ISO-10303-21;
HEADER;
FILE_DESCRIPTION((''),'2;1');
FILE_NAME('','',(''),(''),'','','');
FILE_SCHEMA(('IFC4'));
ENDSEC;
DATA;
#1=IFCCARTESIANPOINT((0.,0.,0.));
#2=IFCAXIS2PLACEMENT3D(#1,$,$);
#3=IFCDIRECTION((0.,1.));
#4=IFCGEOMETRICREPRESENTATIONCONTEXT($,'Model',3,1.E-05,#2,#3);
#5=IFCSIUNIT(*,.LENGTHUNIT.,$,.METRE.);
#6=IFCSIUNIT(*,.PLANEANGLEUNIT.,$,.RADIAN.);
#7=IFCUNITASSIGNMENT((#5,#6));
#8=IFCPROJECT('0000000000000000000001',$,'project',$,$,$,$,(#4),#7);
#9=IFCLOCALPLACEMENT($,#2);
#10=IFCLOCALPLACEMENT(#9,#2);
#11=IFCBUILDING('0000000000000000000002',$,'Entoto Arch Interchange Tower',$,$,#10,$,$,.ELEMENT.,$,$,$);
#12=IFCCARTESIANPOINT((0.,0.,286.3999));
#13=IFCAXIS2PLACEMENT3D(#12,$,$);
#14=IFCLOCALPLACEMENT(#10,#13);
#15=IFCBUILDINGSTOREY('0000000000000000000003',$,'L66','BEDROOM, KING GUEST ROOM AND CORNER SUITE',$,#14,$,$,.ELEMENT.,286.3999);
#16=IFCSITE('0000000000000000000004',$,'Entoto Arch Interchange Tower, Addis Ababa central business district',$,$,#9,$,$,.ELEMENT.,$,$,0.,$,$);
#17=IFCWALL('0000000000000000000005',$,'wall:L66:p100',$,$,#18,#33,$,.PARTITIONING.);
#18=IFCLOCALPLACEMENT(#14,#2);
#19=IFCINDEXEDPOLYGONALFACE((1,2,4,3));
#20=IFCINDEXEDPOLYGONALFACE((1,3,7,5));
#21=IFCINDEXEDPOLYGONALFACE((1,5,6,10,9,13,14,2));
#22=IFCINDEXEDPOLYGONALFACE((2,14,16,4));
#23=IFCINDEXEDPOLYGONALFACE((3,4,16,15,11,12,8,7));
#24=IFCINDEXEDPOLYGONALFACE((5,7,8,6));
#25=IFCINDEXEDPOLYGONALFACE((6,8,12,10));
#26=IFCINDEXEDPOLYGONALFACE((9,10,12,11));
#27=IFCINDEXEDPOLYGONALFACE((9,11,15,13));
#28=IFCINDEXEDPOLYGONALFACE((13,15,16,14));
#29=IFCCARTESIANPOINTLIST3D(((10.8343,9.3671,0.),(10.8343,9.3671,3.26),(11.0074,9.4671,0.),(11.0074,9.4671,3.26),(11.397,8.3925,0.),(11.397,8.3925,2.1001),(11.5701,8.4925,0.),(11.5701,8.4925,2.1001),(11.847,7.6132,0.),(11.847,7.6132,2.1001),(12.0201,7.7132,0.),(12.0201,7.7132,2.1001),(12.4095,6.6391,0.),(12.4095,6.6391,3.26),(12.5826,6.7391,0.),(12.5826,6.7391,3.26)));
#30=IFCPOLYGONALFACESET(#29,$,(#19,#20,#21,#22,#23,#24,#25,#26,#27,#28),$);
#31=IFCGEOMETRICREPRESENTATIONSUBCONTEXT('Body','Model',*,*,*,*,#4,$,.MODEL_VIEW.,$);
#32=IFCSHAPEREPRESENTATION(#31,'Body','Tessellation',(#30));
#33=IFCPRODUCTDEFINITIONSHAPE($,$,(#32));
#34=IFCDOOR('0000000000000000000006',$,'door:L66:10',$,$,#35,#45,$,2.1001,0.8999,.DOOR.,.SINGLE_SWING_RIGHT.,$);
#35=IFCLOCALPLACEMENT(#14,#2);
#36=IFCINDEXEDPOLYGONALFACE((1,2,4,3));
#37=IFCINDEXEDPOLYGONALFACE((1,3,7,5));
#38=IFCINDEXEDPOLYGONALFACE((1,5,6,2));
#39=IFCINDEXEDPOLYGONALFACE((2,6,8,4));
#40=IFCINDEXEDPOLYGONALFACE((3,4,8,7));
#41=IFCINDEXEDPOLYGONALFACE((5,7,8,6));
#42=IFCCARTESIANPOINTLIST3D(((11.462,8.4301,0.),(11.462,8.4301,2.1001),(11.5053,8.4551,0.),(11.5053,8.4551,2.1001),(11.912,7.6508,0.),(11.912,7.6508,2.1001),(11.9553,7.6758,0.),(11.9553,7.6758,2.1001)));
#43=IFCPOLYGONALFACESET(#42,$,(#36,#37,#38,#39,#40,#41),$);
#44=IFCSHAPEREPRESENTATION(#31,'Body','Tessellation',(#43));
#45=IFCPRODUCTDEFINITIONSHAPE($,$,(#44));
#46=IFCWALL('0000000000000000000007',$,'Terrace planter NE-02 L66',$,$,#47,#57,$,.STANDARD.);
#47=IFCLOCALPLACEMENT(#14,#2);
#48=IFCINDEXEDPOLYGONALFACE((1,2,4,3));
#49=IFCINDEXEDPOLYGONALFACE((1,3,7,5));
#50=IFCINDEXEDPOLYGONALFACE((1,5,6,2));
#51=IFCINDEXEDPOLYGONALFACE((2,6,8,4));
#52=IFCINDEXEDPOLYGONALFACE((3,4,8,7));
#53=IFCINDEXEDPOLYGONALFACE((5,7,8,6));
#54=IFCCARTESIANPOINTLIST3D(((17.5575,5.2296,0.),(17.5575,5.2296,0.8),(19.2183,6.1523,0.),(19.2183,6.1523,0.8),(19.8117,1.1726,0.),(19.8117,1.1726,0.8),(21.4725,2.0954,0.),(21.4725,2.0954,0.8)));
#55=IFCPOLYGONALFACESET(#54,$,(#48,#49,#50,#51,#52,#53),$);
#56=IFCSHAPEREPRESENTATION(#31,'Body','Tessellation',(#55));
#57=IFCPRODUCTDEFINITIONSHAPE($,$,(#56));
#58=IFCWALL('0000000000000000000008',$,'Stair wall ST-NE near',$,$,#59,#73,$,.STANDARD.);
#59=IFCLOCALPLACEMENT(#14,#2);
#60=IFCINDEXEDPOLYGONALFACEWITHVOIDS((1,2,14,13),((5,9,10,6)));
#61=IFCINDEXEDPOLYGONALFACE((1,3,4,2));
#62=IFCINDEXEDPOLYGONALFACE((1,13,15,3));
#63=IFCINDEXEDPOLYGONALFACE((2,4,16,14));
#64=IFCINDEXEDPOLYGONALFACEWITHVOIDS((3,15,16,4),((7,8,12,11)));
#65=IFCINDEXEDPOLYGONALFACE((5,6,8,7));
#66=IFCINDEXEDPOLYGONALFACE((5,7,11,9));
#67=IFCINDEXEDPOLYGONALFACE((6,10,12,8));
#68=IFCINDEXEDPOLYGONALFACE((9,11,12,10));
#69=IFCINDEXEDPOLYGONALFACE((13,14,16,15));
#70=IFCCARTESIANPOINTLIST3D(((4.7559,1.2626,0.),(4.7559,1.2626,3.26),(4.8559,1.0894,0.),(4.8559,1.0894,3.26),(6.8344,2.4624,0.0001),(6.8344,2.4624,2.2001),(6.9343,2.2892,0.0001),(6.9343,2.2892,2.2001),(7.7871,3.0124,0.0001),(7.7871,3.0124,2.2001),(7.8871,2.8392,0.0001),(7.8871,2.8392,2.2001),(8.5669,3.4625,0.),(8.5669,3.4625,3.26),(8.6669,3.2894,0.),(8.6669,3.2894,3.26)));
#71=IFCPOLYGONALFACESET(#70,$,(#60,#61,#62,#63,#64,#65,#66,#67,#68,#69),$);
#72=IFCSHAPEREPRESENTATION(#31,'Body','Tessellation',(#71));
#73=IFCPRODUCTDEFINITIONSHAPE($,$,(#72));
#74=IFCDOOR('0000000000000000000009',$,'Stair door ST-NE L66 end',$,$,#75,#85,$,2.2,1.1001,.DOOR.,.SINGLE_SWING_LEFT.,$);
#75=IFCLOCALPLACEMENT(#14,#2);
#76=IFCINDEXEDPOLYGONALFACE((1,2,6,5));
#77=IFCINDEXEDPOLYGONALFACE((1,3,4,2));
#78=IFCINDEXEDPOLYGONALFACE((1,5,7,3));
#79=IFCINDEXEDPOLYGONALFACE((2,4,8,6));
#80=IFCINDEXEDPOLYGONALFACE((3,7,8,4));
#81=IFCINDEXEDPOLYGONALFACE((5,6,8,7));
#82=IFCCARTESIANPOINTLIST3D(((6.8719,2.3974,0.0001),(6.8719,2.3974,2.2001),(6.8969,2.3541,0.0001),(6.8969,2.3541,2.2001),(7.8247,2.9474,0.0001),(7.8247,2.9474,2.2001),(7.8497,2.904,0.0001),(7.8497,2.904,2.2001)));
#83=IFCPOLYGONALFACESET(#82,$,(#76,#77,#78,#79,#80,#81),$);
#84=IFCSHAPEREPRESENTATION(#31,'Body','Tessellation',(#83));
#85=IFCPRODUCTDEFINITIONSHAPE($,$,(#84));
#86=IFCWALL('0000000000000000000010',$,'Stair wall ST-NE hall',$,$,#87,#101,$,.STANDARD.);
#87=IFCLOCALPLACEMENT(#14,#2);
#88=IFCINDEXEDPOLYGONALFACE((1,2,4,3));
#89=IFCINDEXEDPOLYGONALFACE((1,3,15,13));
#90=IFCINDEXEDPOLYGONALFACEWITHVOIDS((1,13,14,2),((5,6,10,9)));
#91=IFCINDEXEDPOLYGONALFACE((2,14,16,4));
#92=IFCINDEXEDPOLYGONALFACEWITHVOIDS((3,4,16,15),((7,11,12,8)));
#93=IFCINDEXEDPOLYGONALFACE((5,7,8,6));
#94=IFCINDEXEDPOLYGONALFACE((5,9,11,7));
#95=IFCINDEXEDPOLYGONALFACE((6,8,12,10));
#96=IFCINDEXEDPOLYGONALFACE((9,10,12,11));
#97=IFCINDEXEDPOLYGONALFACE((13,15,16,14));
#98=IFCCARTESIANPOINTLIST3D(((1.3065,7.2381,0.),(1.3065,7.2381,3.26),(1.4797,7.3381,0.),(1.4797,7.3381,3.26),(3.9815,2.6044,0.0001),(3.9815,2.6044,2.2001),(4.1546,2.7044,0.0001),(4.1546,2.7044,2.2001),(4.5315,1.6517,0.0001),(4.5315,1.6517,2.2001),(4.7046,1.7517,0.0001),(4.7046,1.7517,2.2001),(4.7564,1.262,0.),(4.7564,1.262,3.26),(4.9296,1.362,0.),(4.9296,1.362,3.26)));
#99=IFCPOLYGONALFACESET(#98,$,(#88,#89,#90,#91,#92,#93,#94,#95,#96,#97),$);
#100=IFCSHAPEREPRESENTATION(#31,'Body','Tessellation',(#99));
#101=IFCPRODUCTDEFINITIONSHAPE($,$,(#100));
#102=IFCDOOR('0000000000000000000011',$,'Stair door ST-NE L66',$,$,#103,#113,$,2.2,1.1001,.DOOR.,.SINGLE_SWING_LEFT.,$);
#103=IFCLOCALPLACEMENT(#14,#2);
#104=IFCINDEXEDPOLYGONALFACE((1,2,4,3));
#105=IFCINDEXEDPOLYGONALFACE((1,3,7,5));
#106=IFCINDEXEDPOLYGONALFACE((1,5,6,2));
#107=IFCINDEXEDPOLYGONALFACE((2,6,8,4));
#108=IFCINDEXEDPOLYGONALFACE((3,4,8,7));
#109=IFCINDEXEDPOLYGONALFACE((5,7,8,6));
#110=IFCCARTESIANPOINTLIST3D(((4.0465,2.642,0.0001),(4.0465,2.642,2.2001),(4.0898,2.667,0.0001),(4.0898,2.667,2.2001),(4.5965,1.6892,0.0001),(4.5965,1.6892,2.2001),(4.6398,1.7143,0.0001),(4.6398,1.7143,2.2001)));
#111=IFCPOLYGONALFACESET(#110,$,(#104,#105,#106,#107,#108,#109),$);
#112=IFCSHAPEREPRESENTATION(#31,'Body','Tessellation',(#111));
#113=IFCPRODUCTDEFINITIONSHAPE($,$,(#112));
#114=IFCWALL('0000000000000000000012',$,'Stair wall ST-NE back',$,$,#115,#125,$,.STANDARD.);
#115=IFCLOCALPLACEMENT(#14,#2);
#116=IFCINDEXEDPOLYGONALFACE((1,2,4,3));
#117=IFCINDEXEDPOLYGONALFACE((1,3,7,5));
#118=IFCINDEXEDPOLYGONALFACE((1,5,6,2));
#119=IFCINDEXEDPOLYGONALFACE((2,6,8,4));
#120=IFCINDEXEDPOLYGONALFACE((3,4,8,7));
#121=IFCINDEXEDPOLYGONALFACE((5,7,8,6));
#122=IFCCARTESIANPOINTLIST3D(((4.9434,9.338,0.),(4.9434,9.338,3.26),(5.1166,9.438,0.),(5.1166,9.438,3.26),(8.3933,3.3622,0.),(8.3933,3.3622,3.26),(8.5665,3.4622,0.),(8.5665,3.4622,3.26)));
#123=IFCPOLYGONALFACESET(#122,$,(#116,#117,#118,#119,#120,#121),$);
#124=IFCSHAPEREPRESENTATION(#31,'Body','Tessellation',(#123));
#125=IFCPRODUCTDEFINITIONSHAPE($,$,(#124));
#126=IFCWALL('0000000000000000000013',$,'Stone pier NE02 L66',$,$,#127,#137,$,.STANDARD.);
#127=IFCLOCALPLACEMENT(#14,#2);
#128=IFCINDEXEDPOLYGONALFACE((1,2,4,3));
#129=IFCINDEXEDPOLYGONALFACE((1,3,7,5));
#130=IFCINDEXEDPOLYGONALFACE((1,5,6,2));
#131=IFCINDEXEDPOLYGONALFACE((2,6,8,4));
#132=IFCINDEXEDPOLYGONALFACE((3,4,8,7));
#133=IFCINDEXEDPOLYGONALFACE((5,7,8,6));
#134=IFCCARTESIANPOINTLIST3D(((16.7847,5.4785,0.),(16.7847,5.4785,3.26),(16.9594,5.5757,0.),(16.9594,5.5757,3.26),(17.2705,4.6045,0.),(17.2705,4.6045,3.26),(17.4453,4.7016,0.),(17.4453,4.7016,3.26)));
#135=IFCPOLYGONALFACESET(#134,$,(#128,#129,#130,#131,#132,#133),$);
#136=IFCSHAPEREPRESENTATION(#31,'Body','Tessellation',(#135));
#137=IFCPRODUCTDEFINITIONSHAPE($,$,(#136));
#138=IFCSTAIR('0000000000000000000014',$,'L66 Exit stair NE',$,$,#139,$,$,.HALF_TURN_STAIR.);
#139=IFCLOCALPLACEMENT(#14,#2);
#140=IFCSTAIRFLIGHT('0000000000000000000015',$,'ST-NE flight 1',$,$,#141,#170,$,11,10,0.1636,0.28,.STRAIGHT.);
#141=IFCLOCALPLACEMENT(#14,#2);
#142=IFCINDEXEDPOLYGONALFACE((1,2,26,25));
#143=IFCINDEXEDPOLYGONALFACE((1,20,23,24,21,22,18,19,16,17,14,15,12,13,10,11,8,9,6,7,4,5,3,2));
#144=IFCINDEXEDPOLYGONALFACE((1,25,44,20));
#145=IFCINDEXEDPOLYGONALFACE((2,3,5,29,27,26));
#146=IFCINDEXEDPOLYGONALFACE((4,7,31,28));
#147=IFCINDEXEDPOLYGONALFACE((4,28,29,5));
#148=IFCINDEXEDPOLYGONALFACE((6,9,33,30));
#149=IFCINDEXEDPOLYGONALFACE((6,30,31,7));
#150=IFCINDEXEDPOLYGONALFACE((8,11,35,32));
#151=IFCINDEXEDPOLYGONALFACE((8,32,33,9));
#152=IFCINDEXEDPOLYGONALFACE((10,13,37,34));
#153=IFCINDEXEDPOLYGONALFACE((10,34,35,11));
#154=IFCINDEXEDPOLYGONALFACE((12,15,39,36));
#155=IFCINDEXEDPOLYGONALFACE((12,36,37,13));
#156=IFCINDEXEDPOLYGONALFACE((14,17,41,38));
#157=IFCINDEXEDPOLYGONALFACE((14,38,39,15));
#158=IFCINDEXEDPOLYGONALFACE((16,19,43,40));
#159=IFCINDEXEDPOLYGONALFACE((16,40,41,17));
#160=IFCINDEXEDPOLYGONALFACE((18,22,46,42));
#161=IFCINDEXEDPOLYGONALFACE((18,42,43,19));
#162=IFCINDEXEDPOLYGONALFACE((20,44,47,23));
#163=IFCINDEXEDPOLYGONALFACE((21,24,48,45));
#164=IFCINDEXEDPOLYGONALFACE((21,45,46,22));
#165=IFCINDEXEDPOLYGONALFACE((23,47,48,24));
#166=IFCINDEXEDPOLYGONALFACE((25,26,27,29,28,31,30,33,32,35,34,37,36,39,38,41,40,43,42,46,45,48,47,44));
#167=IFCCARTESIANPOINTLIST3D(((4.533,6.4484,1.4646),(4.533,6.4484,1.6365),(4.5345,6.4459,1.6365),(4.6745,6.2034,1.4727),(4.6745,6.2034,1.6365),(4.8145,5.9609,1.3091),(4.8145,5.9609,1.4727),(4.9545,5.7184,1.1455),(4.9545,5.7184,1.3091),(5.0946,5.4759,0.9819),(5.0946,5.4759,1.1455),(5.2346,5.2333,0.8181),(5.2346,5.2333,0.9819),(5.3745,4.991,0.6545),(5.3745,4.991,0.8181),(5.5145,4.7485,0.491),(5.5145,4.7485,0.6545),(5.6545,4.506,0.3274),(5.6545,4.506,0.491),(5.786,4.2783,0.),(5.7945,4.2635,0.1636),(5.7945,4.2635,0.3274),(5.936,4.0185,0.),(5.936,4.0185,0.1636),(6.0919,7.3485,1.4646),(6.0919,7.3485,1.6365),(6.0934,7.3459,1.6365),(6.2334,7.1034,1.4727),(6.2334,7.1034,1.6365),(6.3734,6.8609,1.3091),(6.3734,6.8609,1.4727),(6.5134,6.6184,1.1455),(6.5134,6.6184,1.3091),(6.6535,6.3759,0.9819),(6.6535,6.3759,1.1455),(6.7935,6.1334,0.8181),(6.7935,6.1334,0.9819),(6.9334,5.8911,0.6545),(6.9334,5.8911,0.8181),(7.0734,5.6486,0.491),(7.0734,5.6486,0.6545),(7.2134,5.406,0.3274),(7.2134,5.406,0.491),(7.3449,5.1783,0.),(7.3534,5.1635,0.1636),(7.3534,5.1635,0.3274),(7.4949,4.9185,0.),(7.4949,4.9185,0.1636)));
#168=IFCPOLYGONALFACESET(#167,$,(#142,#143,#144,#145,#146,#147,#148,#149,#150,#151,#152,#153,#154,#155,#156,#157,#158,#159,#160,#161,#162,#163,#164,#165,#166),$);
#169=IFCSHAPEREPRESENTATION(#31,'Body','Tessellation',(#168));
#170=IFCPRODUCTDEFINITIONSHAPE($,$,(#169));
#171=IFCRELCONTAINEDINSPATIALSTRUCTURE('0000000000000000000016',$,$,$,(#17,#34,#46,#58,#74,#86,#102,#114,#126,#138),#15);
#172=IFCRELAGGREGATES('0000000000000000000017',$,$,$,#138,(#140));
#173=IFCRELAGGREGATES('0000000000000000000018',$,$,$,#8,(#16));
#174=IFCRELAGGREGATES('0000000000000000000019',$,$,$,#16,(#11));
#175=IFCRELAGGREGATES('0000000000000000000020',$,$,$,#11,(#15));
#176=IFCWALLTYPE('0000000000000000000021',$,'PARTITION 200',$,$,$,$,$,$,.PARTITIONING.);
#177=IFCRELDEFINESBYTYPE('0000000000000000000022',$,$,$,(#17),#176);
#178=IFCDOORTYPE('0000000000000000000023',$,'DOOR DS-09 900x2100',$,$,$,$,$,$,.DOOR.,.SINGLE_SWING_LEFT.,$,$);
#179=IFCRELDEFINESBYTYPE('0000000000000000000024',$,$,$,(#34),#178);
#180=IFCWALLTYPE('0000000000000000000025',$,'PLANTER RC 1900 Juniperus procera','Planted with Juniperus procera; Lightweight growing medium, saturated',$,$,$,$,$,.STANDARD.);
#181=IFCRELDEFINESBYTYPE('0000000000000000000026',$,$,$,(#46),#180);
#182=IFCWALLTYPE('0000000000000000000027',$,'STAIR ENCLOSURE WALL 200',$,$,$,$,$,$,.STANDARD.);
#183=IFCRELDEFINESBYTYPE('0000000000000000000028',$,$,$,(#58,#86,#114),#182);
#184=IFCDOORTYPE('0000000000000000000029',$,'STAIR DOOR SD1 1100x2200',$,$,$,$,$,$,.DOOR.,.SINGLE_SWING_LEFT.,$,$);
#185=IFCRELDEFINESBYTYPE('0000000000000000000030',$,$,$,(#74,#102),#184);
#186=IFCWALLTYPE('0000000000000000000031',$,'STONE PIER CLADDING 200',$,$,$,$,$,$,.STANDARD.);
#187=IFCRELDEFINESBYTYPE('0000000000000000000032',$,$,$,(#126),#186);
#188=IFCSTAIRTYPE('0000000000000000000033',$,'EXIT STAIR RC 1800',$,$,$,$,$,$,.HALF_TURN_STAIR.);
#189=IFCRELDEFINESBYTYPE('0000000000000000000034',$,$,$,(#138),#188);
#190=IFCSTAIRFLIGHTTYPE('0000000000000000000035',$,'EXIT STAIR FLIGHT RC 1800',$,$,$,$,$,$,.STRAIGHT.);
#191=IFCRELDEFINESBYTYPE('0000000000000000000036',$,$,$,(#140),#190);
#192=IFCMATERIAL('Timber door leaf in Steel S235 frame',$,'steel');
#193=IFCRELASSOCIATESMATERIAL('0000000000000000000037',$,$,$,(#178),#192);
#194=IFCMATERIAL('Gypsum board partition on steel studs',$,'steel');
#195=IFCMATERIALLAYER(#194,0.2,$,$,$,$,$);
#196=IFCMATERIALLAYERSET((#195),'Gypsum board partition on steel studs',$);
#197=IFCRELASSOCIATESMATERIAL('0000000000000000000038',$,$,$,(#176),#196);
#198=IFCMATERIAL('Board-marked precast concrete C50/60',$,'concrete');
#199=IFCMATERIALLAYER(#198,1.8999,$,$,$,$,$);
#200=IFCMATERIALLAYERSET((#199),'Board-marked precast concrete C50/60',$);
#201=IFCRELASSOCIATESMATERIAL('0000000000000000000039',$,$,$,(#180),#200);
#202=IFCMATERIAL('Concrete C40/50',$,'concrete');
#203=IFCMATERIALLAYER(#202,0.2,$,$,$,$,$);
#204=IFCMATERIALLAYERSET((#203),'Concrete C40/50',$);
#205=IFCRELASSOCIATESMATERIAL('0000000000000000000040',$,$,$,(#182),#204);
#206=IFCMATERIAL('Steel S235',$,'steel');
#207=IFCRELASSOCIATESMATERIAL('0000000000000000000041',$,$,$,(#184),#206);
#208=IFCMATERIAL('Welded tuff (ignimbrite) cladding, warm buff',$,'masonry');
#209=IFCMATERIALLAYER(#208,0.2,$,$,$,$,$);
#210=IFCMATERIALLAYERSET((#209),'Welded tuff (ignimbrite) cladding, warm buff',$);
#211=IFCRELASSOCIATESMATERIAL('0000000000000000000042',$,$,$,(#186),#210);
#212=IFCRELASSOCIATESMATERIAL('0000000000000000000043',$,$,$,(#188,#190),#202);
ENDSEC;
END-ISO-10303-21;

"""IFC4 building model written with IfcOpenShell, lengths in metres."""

from ifc_helpers import new_model, si_unit, direction, frame, frame_2d, origin, place, context, subcontext, project, spatial, polyline, rectangle, outline, extrude, material, layer, layer_set, type_object, element, fill, aggregate, save


model = new_model("IFC4")

# Units and contexts
model_context = context("Model", 3, precision=1e-05, world=origin(), true_north=direction((0.0, 1.0)))
body_context = subcontext(model_context, "Body", "Model", "MODEL_VIEW")
ifc_project = project(units=[si_unit("LENGTHUNIT", "METRE"), si_unit("PLANEANGLEUNIT", "RADIAN")], contexts=[model_context])

# Site, building, storey
site_placement = place(None, origin())
site = spatial("IfcSite", under=ifc_project, at=site_placement, Name="Entoto Arch Interchange Tower, Addis Ababa central business district", CompositionType="ELEMENT", RefElevation=0.0)
building_placement = place(site_placement, origin())
building = spatial("IfcBuilding", under=site, at=building_placement, Name="Entoto Arch Interchange Tower", CompositionType="ELEMENT")
storey_placement = place(building_placement, frame((0.0, 0.0, 286.3999)))
storey = spatial("IfcBuildingStorey", under=building, at=storey_placement, Name="L66", Description="BEDROOM, KING GUEST ROOM AND CORNER SUITE", CompositionType="ELEMENT", Elevation=286.3999)

# Shared definitions
ifc_material_1 = material(Name="Concrete C40/50", Category="concrete")

# Shared definitions
ifc_material_2 = material(Name="Gypsum board partition on steel studs", Category="steel")
ifc_material_3 = material(Name="Timber door leaf in Steel S235 frame", Category="steel")
door_type_1 = type_object("IfcDoorType", Name="DOOR DS-09 900x2100", OperationType="SINGLE_SWING_LEFT", PredefinedType="DOOR", material=ifc_material_3)

# Shared definitions
ifc_layer_1 = layer(ifc_material_2, 0.2)
ifc_layer_set_1 = layer_set([ifc_layer_1], Name="Gypsum board partition on steel studs")
wall_type_1 = type_object("IfcWallType", Name="PARTITION 200", PredefinedType="PARTITIONING", material=ifc_layer_set_1)

# Wall, opening, door
wall_1_placement = place(storey_placement, frame((12.4961, 6.689, 0.0), z_axis=(0.0, 0.0, 1.0), x_axis=(-0.50004, 0.866002, 0.0)))
wall_1 = element("IfcWall", 1, at=wall_1_placement, inside=storey, type_object=wall_type_1, Name="wall:L66:p100", PredefinedType="PARTITIONING", context=body_context, shape_type="SweptSolid", body=[
    extrude(rectangle(XDim=3.1501, YDim=0.2, at=frame_2d((1.5752, 0.0))), origin(), (0.0, 0.0, 1.0), 3.26),
])
opening_1_placement = place(wall_1_placement, frame((1.125, 0.0, 0.0)))
opening_1 = element("IfcOpeningElement", 2, at=opening_1_placement, cuts=wall_1, PredefinedType="OPENING", context=body_context, shape_type="SweptSolid", body=[
    extrude(rectangle(XDim=0.8999, YDim=2.1001, at=frame_2d((0.45, 1.05))), frame((0.0, 0.1099, 0.0), z_axis=(0.0, -1.0, 0.0), x_axis=(1.0, 0.0, 0.0)), (0.0, 0.0, 1.0), 0.22),
])
door_1_placement = place(opening_1_placement, origin())
door_1 = element("IfcDoor", 3, at=door_1_placement, inside=storey, type_object=door_type_1, Name="door:L66:10", OperationType="SINGLE_SWING_RIGHT", OverallHeight=2.1001, OverallWidth=0.8999, PredefinedType="DOOR", context=body_context, shape_type="SweptSolid", body=[
    extrude(rectangle(XDim=0.8999, YDim=2.1001, at=frame_2d((0.45, 1.05))), frame((0.0, 0.0249, 0.0), z_axis=(0.0, -1.0, 0.0), x_axis=(1.0, 0.0, 0.0)), (0.0, 0.0, 1.0), 0.05),
])
fill(opening_1, door_1)

# Wall
ifc_material_4 = material(Name="Board-marked precast concrete C50/60", Category="concrete")
ifc_layer_2 = layer(ifc_material_4, 1.8999)
ifc_layer_set_2 = layer_set([ifc_layer_2], Name="Board-marked precast concrete C50/60")
wall_type_2 = type_object("IfcWallType", Name="PLANTER RC 1900 Juniperus procera", Description="Planted with Juniperus procera; Lightweight growing medium, saturated", PredefinedType="STANDARD", material=ifc_layer_set_2)
wall_2_placement = place(storey_placement, frame((20.6421, 1.634, 0.0), z_axis=(0.0, 0.0, 1.0), x_axis=(-0.485697, 0.874127, 0.0)))
element("IfcWall", 4, at=wall_2_placement, inside=storey, type_object=wall_type_2, Name="Terrace planter NE-02 L66", PredefinedType="STANDARD", context=body_context, shape_type="SweptSolid", body=[
    extrude(rectangle(XDim=4.6411, YDim=1.8999, at=frame_2d((2.3206, 0.0))), origin(), (0.0, 0.0, 1.0), 0.8),
])

# Walls, openings, doors
ifc_layer_3 = layer(ifc_material_1, 0.2)
ifc_layer_set_3 = layer_set([ifc_layer_3], Name="Concrete C40/50")
wall_type_3 = type_object("IfcWallType", Name="STAIR ENCLOSURE WALL 200", PredefinedType="STANDARD", material=ifc_layer_set_3)
wall_3_placement = place(storey_placement, frame((4.8059, 1.176, 0.0), z_axis=(0.0, 0.0, 1.0), x_axis=(0.86606, 0.49994, 0.0)))
wall_3 = element("IfcWall", 5, at=wall_3_placement, inside=storey, type_object=wall_type_3, Name="Stair wall ST-NE near", PredefinedType="STANDARD", context=body_context, shape_type="SweptSolid", body=[
    extrude(rectangle(XDim=4.4004, YDim=0.2, at=frame_2d((2.2002, 0.0))), origin(), (0.0, 0.0, 1.0), 3.26),
])
opening_2_placement = place(wall_3_placement, frame((2.3999, 0.0, 0.0)))
opening_2 = element("IfcOpeningElement", 6, at=opening_2_placement, cuts=wall_3, PredefinedType="OPENING", context=body_context, shape_type="SweptSolid", body=[
    extrude(rectangle(XDim=1.1001, YDim=2.2, at=frame_2d((0.55, 1.1001))), frame((0.0, 0.1099, 0.0), z_axis=(0.0, -1.0, 0.0), x_axis=(1.0, 0.0, 0.0)), (0.0, 0.0, 1.0), 0.22),
])
ifc_material_5 = material(Name="Steel S235", Category="steel")
door_type_2 = type_object("IfcDoorType", Name="STAIR DOOR SD1 1100x2200", OperationType="SINGLE_SWING_LEFT", PredefinedType="DOOR", material=ifc_material_5)
door_2_placement = place(opening_2_placement, origin())
door_2 = element("IfcDoor", 7, at=door_2_placement, inside=storey, type_object=door_type_2, Name="Stair door ST-NE L66 end", OperationType="SINGLE_SWING_LEFT", OverallHeight=2.2, OverallWidth=1.1001, PredefinedType="DOOR", context=body_context, shape_type="SweptSolid", body=[
    extrude(rectangle(XDim=1.1001, YDim=2.2, at=frame_2d((0.55, 1.1001))), frame((0.0, 0.0249, 0.0), z_axis=(0.0, -1.0, 0.0), x_axis=(1.0, 0.0, 0.0)), (0.0, 0.0, 1.0), 0.05),
])
fill(opening_2, door_2)
wall_4_placement = place(storey_placement, frame((4.843, 1.312, 0.0), z_axis=(0.0, 0.0, 1.0), x_axis=(-0.499963, 0.866047, 0.0)))
wall_4 = element("IfcWall", 8, at=wall_4_placement, inside=storey, type_object=wall_type_3, Name="Stair wall ST-NE hall", PredefinedType="STANDARD", context=body_context, shape_type="SweptSolid", body=[
    extrude(rectangle(XDim=6.9004, YDim=0.2, at=frame_2d((3.4502, 0.0))), origin(), (0.0, 0.0, 1.0), 3.26),
])
opening_3_placement = place(wall_4_placement, frame((0.45, 0.0, 0.0)))
opening_3 = element("IfcOpeningElement", 9, at=opening_3_placement, cuts=wall_4, PredefinedType="OPENING", context=body_context, shape_type="SweptSolid", body=[
    extrude(rectangle(XDim=1.1001, YDim=2.2, at=frame_2d((0.55, 1.1001))), frame((0.0, 0.1099, 0.0), z_axis=(0.0, -1.0, 0.0), x_axis=(1.0, 0.0, 0.0)), (0.0, 0.0, 1.0), 0.22),
])
door_3_placement = place(opening_3_placement, origin())
door_3 = element("IfcDoor", 10, at=door_3_placement, inside=storey, type_object=door_type_2, Name="Stair door ST-NE L66", OperationType="SINGLE_SWING_LEFT", OverallHeight=2.2, OverallWidth=1.1001, PredefinedType="DOOR", context=body_context, shape_type="SweptSolid", body=[
    extrude(rectangle(XDim=1.1001, YDim=2.2, at=frame_2d((0.55, 1.1001))), frame((0.0, 0.0249, 0.0), z_axis=(0.0, -1.0, 0.0), x_axis=(1.0, 0.0, 0.0)), (0.0, 0.0, 1.0), 0.05),
])
fill(opening_3, door_3)

# Wall
wall_5_placement = place(storey_placement, frame((8.48, 3.4121, 0.0), z_axis=(0.0, 0.0, 1.0), x_axis=(-0.499979, 0.866038, 0.0)))
element("IfcWall", 11, at=wall_5_placement, inside=storey, type_object=wall_type_3, Name="Stair wall ST-NE back", PredefinedType="STANDARD", context=body_context, shape_type="SweptSolid", body=[
    extrude(rectangle(XDim=6.9001, YDim=0.2, at=frame_2d((3.4502, 0.0))), origin(), (0.0, 0.0, 1.0), 3.26),
])

# Shared definitions
ifc_material_6 = material(Name="Welded tuff (ignimbrite) cladding, warm buff", Category="masonry")

# Wall
ifc_layer_4 = layer(ifc_material_6, 0.2)
ifc_layer_set_4 = layer_set([ifc_layer_4], Name="Welded tuff (ignimbrite) cladding, warm buff")
wall_type_4 = type_object("IfcWallType", Name="STONE PIER CLADDING 200", PredefinedType="STANDARD", material=ifc_layer_set_4)
wall_6_placement = place(storey_placement, frame((17.3579, 4.6531, 0.0), z_axis=(0.0, 0.0, 1.0), x_axis=(-0.48585, 0.874042, 0.0)))
element("IfcWall", 12, at=wall_6_placement, inside=storey, type_object=wall_type_4, Name="Stone pier NE02 L66", PredefinedType="STANDARD", context=body_context, shape_type="SweptSolid", body=[
    extrude(rectangle(XDim=1.0, YDim=0.2, at=frame_2d((0.5, 0.0))), origin(), (0.0, 0.0, 1.0), 3.26),
])

# Stair, stair flight
stair_type = type_object("IfcStairType", Name="EXIT STAIR RC 1800", PredefinedType="HALF_TURN_STAIR", material=ifc_material_1)
stair_placement = place(storey_placement, origin())
stair = element("IfcStair", 13, at=stair_placement, inside=storey, type_object=stair_type, Name="L66 Exit stair NE", PredefinedType="HALF_TURN_STAIR")
stair_flight_type = type_object("IfcStairFlightType", Name="EXIT STAIR FLIGHT RC 1800", PredefinedType="STRAIGHT", material=ifc_material_1)
stair_flight_placement = place(storey_placement, frame((6.7139, 4.4709, 0.0), z_axis=(0.0, 0.0, 1.0), x_axis=(-0.5, 0.866025, 0.0)))
stair_flight = element("IfcStairFlight", 14, at=stair_flight_placement, type_object=stair_flight_type, Name="ST-NE flight 1", NumberOfRisers=11, NumberOfTreads=10, PredefinedType="STRAIGHT", RiserHeight=0.1636, TreadLength=0.28, context=body_context, shape_type="SweptSolid", body=[
    extrude(outline(polyline([(-0.0029, 0.0), (-0.0029, 0.1636), (0.28, 0.1636), (0.28, 0.3274), (0.5601, 0.3274), (0.5601, 0.491), (0.8401, 0.491), (0.8401, 0.6545), (1.1201, 0.6545), (1.1201, 0.8181), (1.3999, 0.8181), (1.3999, 0.9819), (1.6799, 0.9819), (1.6799, 1.1455), (1.96, 1.1455), (1.96, 1.3091), (2.24, 1.3091), (2.24, 1.4727), (2.52, 1.4727), (2.52, 1.6365), (2.8, 1.6365), (2.803, 1.6365), (2.803, 1.4646), (0.2971, 0.0), (-0.0029, 0.0)])), frame((0.0, 0.8999, 0.0), z_axis=(0.0, -1.0, 0.0), x_axis=(1.0, 0.0, 0.0)), (0.0, 0.0, 1.0), 1.8),
])
aggregate(stair, [stair_flight])

save(model, "model.ifc")
